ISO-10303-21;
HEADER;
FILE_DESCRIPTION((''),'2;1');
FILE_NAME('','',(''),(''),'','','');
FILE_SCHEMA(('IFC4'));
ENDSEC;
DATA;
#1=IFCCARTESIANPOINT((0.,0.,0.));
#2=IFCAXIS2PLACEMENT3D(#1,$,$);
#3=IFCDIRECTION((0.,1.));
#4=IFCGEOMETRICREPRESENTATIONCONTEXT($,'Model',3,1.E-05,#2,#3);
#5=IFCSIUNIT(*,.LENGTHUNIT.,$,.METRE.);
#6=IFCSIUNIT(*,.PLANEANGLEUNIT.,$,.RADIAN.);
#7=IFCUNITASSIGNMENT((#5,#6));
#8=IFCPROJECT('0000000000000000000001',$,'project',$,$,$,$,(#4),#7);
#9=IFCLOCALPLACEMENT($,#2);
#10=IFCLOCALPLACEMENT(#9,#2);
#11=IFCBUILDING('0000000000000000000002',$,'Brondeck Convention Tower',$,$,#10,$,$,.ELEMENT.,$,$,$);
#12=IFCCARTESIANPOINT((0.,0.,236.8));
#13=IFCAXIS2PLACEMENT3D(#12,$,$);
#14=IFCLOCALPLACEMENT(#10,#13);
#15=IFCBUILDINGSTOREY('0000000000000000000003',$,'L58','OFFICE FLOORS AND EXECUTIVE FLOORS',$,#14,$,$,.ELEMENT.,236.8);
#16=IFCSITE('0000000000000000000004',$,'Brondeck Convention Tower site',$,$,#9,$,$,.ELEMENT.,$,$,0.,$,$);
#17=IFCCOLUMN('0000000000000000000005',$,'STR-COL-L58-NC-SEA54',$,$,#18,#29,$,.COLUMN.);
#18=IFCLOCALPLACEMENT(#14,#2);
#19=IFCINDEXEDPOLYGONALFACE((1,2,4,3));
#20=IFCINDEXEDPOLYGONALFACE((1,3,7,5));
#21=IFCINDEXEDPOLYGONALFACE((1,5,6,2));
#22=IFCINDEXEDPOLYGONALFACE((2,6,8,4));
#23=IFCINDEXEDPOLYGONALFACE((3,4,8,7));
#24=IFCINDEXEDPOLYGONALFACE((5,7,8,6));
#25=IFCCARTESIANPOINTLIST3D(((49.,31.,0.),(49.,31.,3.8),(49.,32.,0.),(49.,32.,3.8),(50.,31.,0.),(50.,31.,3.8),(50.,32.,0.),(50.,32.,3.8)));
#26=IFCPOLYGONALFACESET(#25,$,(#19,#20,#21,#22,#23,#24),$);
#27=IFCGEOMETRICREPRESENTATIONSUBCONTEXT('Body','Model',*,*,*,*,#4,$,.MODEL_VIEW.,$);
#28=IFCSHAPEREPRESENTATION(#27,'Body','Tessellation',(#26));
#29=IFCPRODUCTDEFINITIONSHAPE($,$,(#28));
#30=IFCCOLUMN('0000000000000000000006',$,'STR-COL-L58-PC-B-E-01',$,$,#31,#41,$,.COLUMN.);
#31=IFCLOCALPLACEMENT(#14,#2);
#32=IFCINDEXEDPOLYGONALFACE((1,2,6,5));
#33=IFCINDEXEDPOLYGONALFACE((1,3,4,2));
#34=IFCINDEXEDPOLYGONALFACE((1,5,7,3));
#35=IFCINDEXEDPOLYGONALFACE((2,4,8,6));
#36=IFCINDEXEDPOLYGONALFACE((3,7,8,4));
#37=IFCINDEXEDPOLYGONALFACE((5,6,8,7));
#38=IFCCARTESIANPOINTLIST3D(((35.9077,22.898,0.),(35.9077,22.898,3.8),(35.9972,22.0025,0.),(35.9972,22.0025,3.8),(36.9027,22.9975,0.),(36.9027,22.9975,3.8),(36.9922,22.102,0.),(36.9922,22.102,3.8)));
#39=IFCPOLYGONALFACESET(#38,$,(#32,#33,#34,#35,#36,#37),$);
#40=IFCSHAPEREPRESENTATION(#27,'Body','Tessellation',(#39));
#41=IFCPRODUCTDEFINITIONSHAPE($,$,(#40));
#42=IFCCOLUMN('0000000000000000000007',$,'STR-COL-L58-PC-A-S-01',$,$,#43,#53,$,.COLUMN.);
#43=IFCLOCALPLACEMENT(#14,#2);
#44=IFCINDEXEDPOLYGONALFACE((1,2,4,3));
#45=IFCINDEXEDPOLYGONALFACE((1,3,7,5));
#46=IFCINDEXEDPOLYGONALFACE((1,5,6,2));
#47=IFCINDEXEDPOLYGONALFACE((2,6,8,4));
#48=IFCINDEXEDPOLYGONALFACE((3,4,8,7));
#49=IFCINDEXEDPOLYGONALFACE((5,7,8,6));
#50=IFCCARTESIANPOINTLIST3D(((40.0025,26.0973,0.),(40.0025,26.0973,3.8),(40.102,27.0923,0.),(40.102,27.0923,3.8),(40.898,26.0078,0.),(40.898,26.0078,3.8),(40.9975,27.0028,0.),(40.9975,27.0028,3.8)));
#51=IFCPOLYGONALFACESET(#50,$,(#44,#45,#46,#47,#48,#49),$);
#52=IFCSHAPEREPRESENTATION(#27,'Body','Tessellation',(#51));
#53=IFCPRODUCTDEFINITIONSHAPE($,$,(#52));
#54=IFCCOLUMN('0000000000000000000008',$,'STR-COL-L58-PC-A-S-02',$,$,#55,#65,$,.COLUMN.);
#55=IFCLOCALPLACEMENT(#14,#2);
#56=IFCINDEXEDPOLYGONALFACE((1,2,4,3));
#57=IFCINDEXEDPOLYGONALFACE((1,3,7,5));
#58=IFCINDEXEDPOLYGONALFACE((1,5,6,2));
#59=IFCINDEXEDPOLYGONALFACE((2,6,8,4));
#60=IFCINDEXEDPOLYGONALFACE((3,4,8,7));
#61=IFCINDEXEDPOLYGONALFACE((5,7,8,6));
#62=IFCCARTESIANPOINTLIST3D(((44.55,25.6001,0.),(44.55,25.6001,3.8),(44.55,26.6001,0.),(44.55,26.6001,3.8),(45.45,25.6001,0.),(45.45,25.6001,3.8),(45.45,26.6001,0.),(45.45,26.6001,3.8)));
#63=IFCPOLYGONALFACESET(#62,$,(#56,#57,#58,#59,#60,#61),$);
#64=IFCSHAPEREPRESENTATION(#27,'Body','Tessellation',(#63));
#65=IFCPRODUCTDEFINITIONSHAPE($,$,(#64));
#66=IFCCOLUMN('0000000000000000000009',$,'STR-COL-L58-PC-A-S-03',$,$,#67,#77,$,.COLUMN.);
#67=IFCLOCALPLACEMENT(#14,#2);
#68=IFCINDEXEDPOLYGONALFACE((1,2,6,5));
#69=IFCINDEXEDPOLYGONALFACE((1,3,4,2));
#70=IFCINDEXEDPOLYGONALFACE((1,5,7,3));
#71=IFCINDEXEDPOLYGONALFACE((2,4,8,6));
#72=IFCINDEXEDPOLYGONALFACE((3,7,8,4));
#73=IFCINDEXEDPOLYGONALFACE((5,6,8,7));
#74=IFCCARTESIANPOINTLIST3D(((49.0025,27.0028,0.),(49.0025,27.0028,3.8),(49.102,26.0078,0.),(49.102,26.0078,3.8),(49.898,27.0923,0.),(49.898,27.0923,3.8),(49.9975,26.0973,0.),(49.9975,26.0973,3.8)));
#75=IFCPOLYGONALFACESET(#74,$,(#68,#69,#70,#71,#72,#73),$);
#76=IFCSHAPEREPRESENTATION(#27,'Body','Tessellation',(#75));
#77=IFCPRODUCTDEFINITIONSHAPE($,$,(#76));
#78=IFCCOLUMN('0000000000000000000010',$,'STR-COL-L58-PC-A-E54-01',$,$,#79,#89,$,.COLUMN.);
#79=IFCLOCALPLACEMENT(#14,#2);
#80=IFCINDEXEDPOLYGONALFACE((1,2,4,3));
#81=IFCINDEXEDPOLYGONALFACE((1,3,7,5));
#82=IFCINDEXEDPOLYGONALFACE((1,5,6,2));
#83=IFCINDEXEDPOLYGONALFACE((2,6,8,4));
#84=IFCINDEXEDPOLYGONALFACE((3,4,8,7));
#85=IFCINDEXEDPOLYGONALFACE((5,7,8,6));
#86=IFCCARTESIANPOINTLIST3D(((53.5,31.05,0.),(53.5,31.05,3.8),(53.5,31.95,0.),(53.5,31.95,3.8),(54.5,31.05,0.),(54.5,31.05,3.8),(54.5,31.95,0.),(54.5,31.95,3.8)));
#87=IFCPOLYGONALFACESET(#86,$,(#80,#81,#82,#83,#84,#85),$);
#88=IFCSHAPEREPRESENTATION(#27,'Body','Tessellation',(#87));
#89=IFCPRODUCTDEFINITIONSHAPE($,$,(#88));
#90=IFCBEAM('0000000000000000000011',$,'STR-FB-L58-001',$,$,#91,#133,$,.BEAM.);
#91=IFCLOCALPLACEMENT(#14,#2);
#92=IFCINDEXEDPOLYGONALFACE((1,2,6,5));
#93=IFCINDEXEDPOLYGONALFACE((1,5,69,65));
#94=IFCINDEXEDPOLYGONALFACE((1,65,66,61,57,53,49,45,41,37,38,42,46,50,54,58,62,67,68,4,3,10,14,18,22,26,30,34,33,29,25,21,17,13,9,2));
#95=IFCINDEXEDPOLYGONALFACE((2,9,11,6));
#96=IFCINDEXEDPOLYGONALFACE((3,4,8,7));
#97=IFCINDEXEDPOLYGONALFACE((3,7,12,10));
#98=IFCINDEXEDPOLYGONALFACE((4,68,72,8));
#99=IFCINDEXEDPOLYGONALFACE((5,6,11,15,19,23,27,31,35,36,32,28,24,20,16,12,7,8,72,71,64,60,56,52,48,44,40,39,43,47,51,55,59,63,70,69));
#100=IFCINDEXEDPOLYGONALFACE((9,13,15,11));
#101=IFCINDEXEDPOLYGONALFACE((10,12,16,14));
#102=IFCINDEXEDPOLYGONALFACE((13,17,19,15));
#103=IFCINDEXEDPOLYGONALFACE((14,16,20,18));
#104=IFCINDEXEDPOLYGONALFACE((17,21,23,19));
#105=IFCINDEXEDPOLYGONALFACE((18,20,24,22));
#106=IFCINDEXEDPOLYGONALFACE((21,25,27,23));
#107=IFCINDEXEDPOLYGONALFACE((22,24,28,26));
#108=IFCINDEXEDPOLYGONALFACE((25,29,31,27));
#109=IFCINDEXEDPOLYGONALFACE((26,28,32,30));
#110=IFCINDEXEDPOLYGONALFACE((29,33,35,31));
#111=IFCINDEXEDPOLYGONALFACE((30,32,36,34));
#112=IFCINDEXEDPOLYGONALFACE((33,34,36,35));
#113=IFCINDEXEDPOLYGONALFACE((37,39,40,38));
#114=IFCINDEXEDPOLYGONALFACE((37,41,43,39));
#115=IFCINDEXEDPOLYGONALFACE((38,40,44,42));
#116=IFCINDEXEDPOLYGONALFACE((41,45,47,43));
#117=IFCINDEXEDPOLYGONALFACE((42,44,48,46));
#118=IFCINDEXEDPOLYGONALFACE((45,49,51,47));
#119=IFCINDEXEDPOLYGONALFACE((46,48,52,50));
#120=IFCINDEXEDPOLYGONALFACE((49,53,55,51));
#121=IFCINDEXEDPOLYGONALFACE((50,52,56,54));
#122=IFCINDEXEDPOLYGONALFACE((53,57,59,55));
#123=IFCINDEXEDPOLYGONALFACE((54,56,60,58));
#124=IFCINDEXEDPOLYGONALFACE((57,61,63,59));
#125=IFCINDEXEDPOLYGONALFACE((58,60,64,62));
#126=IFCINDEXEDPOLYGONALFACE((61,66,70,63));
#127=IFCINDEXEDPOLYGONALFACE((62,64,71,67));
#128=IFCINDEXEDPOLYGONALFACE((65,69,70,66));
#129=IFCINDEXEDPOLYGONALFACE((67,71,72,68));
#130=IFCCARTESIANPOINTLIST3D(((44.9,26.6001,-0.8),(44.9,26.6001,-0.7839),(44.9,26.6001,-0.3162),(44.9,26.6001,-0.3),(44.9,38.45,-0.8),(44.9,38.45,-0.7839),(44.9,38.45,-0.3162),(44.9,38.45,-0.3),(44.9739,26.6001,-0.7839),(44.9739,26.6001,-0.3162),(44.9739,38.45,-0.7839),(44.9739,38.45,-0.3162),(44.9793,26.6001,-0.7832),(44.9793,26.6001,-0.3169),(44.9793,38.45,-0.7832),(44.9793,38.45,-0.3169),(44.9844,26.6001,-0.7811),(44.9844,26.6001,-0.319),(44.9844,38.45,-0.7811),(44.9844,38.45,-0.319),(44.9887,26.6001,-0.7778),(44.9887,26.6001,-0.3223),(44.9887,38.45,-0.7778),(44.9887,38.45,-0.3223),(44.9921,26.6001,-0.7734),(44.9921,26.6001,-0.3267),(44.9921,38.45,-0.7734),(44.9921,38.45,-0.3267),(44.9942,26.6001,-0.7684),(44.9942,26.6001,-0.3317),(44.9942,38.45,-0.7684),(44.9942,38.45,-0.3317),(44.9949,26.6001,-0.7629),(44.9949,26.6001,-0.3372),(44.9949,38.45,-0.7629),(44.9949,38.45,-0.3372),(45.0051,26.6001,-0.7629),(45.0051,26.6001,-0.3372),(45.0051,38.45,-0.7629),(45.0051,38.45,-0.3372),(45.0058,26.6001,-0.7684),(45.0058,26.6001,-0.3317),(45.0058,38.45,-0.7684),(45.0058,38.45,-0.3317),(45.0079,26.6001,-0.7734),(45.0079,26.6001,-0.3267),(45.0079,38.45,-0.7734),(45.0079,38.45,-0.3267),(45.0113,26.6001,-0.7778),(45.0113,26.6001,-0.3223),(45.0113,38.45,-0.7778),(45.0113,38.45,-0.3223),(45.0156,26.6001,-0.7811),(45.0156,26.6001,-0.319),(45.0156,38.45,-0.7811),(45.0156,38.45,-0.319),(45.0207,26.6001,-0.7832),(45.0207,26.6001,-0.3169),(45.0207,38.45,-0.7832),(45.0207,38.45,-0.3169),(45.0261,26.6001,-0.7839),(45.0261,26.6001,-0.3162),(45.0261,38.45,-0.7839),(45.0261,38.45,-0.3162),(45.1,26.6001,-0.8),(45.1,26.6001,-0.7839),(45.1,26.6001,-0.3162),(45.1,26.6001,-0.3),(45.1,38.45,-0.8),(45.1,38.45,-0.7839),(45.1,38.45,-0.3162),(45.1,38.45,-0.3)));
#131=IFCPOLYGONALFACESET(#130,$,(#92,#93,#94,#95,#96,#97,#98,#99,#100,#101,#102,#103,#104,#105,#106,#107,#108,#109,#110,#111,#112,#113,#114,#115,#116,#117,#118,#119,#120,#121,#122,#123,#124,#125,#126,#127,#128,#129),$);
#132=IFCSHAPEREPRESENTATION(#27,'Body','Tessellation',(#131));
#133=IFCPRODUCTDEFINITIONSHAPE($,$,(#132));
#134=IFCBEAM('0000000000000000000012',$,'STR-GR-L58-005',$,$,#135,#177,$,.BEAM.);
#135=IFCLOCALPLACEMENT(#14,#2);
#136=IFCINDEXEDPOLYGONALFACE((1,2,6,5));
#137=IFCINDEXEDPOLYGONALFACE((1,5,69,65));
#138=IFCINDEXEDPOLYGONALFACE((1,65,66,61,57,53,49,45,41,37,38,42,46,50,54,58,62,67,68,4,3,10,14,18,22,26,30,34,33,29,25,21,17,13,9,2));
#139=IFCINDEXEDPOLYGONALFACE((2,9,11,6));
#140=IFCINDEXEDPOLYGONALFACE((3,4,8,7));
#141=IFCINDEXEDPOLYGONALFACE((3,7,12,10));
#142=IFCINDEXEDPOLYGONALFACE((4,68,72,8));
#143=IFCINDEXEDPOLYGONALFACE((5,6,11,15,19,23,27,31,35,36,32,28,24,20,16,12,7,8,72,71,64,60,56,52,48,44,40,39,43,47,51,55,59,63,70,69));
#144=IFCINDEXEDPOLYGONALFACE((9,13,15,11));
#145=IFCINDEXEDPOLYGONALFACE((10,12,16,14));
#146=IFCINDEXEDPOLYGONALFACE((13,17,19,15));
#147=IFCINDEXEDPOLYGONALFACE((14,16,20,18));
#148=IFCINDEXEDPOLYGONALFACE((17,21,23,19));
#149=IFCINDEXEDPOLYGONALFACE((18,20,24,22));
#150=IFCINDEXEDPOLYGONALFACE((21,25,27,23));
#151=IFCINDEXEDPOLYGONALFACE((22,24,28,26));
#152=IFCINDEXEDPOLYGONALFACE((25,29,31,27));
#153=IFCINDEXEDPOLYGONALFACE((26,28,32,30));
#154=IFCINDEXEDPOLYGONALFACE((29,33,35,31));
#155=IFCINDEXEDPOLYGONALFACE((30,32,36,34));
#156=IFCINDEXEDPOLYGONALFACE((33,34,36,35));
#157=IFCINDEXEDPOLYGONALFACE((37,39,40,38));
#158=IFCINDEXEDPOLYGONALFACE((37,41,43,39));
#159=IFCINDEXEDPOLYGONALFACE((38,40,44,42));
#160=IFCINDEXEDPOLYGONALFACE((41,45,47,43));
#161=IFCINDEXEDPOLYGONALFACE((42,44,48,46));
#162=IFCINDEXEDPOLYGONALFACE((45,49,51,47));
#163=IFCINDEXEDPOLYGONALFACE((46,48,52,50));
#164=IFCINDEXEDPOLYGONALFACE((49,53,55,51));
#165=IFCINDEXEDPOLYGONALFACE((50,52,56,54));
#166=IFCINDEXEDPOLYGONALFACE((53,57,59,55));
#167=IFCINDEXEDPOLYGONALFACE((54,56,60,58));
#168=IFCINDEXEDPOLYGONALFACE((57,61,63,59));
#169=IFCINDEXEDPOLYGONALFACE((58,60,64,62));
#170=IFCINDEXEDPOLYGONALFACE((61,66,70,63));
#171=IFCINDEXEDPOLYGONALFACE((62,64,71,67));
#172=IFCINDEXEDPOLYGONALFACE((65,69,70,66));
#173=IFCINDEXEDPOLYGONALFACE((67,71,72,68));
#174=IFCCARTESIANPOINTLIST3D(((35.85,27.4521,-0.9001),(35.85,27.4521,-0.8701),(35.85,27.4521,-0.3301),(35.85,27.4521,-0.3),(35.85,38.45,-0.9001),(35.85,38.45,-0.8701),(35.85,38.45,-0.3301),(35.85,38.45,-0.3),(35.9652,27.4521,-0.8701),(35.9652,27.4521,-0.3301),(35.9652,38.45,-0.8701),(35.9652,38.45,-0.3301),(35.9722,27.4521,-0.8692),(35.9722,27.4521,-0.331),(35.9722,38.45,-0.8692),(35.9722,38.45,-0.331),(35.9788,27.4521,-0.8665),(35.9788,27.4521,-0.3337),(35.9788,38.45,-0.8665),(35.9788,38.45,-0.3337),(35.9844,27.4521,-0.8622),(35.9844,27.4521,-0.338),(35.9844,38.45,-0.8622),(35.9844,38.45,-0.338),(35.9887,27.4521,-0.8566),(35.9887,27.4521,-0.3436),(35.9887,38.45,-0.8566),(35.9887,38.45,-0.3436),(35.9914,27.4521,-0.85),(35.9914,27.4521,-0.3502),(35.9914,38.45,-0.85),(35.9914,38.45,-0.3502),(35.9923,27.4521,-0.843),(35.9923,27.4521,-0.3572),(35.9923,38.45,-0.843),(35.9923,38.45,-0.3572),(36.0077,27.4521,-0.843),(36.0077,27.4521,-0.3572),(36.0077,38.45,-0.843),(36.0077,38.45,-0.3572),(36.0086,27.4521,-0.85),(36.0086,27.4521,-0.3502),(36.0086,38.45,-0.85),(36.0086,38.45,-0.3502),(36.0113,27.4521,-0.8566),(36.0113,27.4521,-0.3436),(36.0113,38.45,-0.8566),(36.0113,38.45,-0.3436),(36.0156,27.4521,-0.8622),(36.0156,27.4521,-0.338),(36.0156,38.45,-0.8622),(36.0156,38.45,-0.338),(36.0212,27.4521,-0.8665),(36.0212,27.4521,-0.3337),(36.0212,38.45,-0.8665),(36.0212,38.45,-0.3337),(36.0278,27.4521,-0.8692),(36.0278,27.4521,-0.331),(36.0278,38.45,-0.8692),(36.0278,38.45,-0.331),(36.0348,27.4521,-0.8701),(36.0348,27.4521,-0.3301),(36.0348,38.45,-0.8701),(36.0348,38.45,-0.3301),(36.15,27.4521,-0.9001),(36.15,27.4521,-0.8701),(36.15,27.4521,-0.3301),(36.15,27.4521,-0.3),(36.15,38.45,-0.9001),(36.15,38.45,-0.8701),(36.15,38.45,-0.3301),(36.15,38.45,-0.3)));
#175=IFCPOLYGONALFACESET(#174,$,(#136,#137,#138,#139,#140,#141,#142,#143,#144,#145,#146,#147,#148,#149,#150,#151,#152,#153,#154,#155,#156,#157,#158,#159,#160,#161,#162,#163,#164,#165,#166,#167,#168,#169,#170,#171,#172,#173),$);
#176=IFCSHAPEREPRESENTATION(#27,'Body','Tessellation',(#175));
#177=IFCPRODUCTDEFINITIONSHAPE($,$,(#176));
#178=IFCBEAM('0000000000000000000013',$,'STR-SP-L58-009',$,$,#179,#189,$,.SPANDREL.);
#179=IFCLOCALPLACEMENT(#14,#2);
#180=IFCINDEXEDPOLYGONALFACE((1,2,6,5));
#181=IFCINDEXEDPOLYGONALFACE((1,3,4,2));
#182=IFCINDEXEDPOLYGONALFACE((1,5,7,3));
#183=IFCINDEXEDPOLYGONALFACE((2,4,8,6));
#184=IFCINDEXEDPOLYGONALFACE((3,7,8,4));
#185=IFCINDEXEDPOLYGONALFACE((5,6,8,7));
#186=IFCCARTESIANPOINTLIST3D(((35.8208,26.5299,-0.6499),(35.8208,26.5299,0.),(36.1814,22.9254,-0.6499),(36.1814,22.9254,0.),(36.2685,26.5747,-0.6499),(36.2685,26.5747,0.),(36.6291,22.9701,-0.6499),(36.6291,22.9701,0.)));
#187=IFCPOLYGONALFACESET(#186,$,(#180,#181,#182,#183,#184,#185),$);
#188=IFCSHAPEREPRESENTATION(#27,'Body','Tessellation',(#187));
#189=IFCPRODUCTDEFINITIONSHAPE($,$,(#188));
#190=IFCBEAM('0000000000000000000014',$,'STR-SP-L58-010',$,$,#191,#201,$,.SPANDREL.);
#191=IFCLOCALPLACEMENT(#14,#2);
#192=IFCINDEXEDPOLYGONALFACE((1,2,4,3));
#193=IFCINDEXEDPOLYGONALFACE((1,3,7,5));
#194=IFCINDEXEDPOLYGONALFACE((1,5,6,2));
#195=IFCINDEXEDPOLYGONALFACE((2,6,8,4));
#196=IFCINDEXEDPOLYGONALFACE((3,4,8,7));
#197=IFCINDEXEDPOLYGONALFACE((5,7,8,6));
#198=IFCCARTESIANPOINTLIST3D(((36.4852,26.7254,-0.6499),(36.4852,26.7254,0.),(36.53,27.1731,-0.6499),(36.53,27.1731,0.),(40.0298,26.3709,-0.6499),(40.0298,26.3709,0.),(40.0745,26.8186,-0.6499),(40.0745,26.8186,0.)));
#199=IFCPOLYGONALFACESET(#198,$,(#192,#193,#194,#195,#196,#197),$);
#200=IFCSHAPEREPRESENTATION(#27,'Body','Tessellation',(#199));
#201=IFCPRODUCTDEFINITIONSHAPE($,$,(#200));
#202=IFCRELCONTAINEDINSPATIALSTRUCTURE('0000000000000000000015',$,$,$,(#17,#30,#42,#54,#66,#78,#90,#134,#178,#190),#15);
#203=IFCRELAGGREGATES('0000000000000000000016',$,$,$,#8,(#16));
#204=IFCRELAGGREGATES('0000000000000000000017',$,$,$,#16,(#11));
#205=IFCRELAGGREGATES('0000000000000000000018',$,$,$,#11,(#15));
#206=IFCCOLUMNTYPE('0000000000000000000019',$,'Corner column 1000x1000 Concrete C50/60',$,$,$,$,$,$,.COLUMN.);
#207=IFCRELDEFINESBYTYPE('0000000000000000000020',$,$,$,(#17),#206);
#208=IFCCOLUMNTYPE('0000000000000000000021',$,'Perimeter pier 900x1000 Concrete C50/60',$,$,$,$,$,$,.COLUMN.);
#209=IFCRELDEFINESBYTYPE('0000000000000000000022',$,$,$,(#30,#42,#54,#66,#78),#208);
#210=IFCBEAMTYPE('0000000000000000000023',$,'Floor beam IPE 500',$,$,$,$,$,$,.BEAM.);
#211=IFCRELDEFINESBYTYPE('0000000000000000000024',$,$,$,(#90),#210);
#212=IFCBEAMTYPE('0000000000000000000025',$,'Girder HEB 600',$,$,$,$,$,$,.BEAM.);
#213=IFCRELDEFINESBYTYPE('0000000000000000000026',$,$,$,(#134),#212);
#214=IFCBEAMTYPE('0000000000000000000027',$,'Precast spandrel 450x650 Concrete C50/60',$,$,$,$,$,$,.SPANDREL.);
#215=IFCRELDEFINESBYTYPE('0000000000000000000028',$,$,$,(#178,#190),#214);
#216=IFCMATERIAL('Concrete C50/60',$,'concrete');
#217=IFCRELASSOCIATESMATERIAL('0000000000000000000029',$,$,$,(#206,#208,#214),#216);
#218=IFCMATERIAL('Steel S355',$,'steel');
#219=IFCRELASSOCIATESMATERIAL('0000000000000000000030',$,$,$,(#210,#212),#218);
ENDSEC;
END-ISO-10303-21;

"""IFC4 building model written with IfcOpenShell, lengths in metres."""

from ifc_helpers import new_model, si_unit, direction, frame, origin, origin_2d, place, context, subcontext, project, spatial, rectangle, i_section, extrude, material, material_profile, profile_set, type_object, element, save


model = new_model("IFC4")

# Units and contexts
model_context = context("Model", 3, precision=1e-05, world=origin(), true_north=direction((0.0, 1.0)))
body_context = subcontext(model_context, "Body", "Model", "MODEL_VIEW")
ifc_project = project(units=[si_unit("LENGTHUNIT", "METRE"), si_unit("PLANEANGLEUNIT", "RADIAN")], contexts=[model_context])

# Site, building, storey
site_placement = place(None, origin())
site = spatial("IfcSite", under=ifc_project, at=site_placement, Name="Brondeck Convention Tower site", CompositionType="ELEMENT", RefElevation=0.0)
building_placement = place(site_placement, origin())
building = spatial("IfcBuilding", under=site, at=building_placement, Name="Brondeck Convention Tower", CompositionType="ELEMENT")
storey_placement = place(building_placement, frame((0.0, 0.0, 236.8)))
storey = spatial("IfcBuildingStorey", under=building, at=storey_placement, Name="L58", Description="OFFICE FLOORS AND EXECUTIVE FLOORS", CompositionType="ELEMENT", Elevation=236.8)

# Columns
ifc_material_1 = material(Name="Concrete C50/60", Category="concrete")
ifc_material_profile_1 = material_profile(ifc_material_1, rectangle(XDim=1.0, YDim=1.0, at=origin_2d()), Name="Corner column 1000x1000 Concrete C50/60")
ifc_profile_set_1 = profile_set([ifc_material_profile_1], Name="Concrete C50/60")
column_type_1 = type_object("IfcColumnType", Name="Corner column 1000x1000 Concrete C50/60", PredefinedType="COLUMN", material=ifc_profile_set_1)
column_placement = place(storey_placement, frame((49.5, 31.5, 0.0), z_axis=(0.0, 0.0, 1.0), x_axis=(1.0, 0.0, 0.0)))
element("IfcColumn", 1, at=column_placement, inside=storey, type_object=column_type_1, Name="STR-COL-L58-NC-SEA54", PredefinedType="COLUMN", context=body_context, shape_type="SweptSolid", body=[
    extrude(rectangle(XDim=1.0, YDim=1.0, at=origin_2d()), origin(), (0.0, 0.0, 1.0), 3.8),
])
ifc_material_profile_2 = material_profile(ifc_material_1, rectangle(XDim=0.8999, YDim=1.0, at=origin_2d()), Name="Perimeter pier 900x1000 Concrete C50/60")
ifc_profile_set_2 = profile_set([ifc_material_profile_2], Name="Concrete C50/60")
column_type_2 = type_object("IfcColumnType", Name="Perimeter pier 900x1000 Concrete C50/60", PredefinedType="COLUMN", material=ifc_profile_set_2)
for number, where, z_axis, x_axis, name in (
    (2, (36.45, 22.5, 0.0), (0.0, 0.0, 1.0), (-0.099504, 0.995037, 0.0), "STR-COL-L58-PC-B-E-01"),
    (3, (40.5, 26.55, 0.0), (0.0, 0.0, 1.0), (0.995037, -0.099504, 0.0), "STR-COL-L58-PC-A-S-01"),
    (4, (45.0, 26.1001, 0.0), (0.0, 0.0, 1.0), (1.0, 0.0, 0.0), "STR-COL-L58-PC-A-S-02"),
    (5, (49.5, 26.55, 0.0), (0.0, 0.0, 1.0), (0.995037, 0.099504, 0.0), "STR-COL-L58-PC-A-S-03"),
    (6, (54.0, 31.5, 0.0), (0.0, 0.0, 1.0), (0.0, 1.0, 0.0), "STR-COL-L58-PC-A-E54-01"),
):
    element("IfcColumn", number, at=place(storey_placement, frame(where, z_axis=z_axis, x_axis=x_axis)), inside=storey, type_object=column_type_2, Name=name, PredefinedType="COLUMN", context=body_context, shape_type="SweptSolid", body=[
        extrude(rectangle(XDim=0.8999, YDim=1.0, at=origin_2d()), origin(), (0.0, 0.0, 1.0), 3.8),
    ])

# Beams
ifc_material_2 = material(Name="Steel S355", Category="steel")
ifc_material_profile_3 = material_profile(ifc_material_2, i_section(OverallWidth=0.2, OverallDepth=0.5, WebThickness=0.0103, FlangeThickness=0.0161, FilletRadius=0.021, at=origin_2d()), Name="IPE 500")
ifc_profile_set_3 = profile_set([ifc_material_profile_3], Name="Steel S355")
beam_type_1 = type_object("IfcBeamType", Name="Floor beam IPE 500", PredefinedType="BEAM", material=ifc_profile_set_3)
beam_1_placement = place(storey_placement, frame((45.0, 26.6001, -0.55), z_axis=(0.0, 1.0, 0.0), x_axis=(-1.0, 0.0, 0.0)))
element("IfcBeam", 7, at=beam_1_placement, inside=storey, type_object=beam_type_1, Name="STR-FB-L58-001", PredefinedType="BEAM", context=body_context, shape_type="SweptSolid", body=[
    extrude(i_section(OverallWidth=0.2, OverallDepth=0.5, WebThickness=0.0103, FlangeThickness=0.0161, FilletRadius=0.021, at=origin_2d()), origin(), (0.0, 0.0, 1.0), 11.8499),
])
ifc_material_profile_4 = material_profile(ifc_material_2, i_section(OverallWidth=0.3, OverallDepth=0.6001, WebThickness=0.0154, FlangeThickness=0.03, FilletRadius=0.0271, at=origin_2d()), Name="HEB 600")
ifc_profile_set_4 = profile_set([ifc_material_profile_4], Name="Steel S355")
beam_type_2 = type_object("IfcBeamType", Name="Girder HEB 600", PredefinedType="BEAM", material=ifc_profile_set_4)
beam_2_placement = place(storey_placement, frame((36.0, 27.4521, -0.6001), z_axis=(0.0, 1.0, 0.0), x_axis=(-1.0, 0.0, 0.0)))
element("IfcBeam", 8, at=beam_2_placement, inside=storey, type_object=beam_type_2, Name="STR-GR-L58-005", PredefinedType="BEAM", context=body_context, shape_type="SweptSolid", body=[
    extrude(i_section(OverallWidth=0.3, OverallDepth=0.6001, WebThickness=0.0154, FlangeThickness=0.03, FilletRadius=0.0271, at=origin_2d()), origin(), (0.0, 0.0, 1.0), 10.9978),
])
ifc_material_profile_5 = material_profile(ifc_material_1, rectangle(XDim=0.45, YDim=0.6499, at=origin_2d()), Name="Precast spandrel 450x650 Concrete C50/60")
ifc_profile_set_5 = profile_set([ifc_material_profile_5], Name="Concrete C50/60")
beam_type_3 = type_object("IfcBeamType", Name="Precast spandrel 450x650 Concrete C50/60", PredefinedType="SPANDREL", material=ifc_profile_set_5)
beam_3_placement = place(storey_placement, frame((36.4053, 22.9478, -0.325), z_axis=(-0.099544, 0.995033, 0.0), x_axis=(-0.995033, -0.099544, 0.0)))
element("IfcBeam", 9, at=beam_3_placement, inside=storey, type_object=beam_type_3, Name="STR-SP-L58-009", PredefinedType="SPANDREL", context=body_context, shape_type="SweptSolid", body=[
    extrude(rectangle(XDim=0.45, YDim=0.6499, at=origin_2d()), origin(), (0.0, 0.0, 1.0), 3.6226),
])
beam_4_placement = place(storey_placement, frame((36.5076, 26.9492, -0.325), z_axis=(0.995037, -0.099511, 0.0), x_axis=(0.099511, 0.995037, 0.0)))
element("IfcBeam", 10, at=beam_4_placement, inside=storey, type_object=beam_type_3, Name="STR-SP-L58-010", PredefinedType="SPANDREL", context=body_context, shape_type="SweptSolid", body=[
    extrude(rectangle(XDim=0.45, YDim=0.6499, at=origin_2d()), origin(), (0.0, 0.0, 1.0), 3.5623),
])

save(model, "model.ifc")
